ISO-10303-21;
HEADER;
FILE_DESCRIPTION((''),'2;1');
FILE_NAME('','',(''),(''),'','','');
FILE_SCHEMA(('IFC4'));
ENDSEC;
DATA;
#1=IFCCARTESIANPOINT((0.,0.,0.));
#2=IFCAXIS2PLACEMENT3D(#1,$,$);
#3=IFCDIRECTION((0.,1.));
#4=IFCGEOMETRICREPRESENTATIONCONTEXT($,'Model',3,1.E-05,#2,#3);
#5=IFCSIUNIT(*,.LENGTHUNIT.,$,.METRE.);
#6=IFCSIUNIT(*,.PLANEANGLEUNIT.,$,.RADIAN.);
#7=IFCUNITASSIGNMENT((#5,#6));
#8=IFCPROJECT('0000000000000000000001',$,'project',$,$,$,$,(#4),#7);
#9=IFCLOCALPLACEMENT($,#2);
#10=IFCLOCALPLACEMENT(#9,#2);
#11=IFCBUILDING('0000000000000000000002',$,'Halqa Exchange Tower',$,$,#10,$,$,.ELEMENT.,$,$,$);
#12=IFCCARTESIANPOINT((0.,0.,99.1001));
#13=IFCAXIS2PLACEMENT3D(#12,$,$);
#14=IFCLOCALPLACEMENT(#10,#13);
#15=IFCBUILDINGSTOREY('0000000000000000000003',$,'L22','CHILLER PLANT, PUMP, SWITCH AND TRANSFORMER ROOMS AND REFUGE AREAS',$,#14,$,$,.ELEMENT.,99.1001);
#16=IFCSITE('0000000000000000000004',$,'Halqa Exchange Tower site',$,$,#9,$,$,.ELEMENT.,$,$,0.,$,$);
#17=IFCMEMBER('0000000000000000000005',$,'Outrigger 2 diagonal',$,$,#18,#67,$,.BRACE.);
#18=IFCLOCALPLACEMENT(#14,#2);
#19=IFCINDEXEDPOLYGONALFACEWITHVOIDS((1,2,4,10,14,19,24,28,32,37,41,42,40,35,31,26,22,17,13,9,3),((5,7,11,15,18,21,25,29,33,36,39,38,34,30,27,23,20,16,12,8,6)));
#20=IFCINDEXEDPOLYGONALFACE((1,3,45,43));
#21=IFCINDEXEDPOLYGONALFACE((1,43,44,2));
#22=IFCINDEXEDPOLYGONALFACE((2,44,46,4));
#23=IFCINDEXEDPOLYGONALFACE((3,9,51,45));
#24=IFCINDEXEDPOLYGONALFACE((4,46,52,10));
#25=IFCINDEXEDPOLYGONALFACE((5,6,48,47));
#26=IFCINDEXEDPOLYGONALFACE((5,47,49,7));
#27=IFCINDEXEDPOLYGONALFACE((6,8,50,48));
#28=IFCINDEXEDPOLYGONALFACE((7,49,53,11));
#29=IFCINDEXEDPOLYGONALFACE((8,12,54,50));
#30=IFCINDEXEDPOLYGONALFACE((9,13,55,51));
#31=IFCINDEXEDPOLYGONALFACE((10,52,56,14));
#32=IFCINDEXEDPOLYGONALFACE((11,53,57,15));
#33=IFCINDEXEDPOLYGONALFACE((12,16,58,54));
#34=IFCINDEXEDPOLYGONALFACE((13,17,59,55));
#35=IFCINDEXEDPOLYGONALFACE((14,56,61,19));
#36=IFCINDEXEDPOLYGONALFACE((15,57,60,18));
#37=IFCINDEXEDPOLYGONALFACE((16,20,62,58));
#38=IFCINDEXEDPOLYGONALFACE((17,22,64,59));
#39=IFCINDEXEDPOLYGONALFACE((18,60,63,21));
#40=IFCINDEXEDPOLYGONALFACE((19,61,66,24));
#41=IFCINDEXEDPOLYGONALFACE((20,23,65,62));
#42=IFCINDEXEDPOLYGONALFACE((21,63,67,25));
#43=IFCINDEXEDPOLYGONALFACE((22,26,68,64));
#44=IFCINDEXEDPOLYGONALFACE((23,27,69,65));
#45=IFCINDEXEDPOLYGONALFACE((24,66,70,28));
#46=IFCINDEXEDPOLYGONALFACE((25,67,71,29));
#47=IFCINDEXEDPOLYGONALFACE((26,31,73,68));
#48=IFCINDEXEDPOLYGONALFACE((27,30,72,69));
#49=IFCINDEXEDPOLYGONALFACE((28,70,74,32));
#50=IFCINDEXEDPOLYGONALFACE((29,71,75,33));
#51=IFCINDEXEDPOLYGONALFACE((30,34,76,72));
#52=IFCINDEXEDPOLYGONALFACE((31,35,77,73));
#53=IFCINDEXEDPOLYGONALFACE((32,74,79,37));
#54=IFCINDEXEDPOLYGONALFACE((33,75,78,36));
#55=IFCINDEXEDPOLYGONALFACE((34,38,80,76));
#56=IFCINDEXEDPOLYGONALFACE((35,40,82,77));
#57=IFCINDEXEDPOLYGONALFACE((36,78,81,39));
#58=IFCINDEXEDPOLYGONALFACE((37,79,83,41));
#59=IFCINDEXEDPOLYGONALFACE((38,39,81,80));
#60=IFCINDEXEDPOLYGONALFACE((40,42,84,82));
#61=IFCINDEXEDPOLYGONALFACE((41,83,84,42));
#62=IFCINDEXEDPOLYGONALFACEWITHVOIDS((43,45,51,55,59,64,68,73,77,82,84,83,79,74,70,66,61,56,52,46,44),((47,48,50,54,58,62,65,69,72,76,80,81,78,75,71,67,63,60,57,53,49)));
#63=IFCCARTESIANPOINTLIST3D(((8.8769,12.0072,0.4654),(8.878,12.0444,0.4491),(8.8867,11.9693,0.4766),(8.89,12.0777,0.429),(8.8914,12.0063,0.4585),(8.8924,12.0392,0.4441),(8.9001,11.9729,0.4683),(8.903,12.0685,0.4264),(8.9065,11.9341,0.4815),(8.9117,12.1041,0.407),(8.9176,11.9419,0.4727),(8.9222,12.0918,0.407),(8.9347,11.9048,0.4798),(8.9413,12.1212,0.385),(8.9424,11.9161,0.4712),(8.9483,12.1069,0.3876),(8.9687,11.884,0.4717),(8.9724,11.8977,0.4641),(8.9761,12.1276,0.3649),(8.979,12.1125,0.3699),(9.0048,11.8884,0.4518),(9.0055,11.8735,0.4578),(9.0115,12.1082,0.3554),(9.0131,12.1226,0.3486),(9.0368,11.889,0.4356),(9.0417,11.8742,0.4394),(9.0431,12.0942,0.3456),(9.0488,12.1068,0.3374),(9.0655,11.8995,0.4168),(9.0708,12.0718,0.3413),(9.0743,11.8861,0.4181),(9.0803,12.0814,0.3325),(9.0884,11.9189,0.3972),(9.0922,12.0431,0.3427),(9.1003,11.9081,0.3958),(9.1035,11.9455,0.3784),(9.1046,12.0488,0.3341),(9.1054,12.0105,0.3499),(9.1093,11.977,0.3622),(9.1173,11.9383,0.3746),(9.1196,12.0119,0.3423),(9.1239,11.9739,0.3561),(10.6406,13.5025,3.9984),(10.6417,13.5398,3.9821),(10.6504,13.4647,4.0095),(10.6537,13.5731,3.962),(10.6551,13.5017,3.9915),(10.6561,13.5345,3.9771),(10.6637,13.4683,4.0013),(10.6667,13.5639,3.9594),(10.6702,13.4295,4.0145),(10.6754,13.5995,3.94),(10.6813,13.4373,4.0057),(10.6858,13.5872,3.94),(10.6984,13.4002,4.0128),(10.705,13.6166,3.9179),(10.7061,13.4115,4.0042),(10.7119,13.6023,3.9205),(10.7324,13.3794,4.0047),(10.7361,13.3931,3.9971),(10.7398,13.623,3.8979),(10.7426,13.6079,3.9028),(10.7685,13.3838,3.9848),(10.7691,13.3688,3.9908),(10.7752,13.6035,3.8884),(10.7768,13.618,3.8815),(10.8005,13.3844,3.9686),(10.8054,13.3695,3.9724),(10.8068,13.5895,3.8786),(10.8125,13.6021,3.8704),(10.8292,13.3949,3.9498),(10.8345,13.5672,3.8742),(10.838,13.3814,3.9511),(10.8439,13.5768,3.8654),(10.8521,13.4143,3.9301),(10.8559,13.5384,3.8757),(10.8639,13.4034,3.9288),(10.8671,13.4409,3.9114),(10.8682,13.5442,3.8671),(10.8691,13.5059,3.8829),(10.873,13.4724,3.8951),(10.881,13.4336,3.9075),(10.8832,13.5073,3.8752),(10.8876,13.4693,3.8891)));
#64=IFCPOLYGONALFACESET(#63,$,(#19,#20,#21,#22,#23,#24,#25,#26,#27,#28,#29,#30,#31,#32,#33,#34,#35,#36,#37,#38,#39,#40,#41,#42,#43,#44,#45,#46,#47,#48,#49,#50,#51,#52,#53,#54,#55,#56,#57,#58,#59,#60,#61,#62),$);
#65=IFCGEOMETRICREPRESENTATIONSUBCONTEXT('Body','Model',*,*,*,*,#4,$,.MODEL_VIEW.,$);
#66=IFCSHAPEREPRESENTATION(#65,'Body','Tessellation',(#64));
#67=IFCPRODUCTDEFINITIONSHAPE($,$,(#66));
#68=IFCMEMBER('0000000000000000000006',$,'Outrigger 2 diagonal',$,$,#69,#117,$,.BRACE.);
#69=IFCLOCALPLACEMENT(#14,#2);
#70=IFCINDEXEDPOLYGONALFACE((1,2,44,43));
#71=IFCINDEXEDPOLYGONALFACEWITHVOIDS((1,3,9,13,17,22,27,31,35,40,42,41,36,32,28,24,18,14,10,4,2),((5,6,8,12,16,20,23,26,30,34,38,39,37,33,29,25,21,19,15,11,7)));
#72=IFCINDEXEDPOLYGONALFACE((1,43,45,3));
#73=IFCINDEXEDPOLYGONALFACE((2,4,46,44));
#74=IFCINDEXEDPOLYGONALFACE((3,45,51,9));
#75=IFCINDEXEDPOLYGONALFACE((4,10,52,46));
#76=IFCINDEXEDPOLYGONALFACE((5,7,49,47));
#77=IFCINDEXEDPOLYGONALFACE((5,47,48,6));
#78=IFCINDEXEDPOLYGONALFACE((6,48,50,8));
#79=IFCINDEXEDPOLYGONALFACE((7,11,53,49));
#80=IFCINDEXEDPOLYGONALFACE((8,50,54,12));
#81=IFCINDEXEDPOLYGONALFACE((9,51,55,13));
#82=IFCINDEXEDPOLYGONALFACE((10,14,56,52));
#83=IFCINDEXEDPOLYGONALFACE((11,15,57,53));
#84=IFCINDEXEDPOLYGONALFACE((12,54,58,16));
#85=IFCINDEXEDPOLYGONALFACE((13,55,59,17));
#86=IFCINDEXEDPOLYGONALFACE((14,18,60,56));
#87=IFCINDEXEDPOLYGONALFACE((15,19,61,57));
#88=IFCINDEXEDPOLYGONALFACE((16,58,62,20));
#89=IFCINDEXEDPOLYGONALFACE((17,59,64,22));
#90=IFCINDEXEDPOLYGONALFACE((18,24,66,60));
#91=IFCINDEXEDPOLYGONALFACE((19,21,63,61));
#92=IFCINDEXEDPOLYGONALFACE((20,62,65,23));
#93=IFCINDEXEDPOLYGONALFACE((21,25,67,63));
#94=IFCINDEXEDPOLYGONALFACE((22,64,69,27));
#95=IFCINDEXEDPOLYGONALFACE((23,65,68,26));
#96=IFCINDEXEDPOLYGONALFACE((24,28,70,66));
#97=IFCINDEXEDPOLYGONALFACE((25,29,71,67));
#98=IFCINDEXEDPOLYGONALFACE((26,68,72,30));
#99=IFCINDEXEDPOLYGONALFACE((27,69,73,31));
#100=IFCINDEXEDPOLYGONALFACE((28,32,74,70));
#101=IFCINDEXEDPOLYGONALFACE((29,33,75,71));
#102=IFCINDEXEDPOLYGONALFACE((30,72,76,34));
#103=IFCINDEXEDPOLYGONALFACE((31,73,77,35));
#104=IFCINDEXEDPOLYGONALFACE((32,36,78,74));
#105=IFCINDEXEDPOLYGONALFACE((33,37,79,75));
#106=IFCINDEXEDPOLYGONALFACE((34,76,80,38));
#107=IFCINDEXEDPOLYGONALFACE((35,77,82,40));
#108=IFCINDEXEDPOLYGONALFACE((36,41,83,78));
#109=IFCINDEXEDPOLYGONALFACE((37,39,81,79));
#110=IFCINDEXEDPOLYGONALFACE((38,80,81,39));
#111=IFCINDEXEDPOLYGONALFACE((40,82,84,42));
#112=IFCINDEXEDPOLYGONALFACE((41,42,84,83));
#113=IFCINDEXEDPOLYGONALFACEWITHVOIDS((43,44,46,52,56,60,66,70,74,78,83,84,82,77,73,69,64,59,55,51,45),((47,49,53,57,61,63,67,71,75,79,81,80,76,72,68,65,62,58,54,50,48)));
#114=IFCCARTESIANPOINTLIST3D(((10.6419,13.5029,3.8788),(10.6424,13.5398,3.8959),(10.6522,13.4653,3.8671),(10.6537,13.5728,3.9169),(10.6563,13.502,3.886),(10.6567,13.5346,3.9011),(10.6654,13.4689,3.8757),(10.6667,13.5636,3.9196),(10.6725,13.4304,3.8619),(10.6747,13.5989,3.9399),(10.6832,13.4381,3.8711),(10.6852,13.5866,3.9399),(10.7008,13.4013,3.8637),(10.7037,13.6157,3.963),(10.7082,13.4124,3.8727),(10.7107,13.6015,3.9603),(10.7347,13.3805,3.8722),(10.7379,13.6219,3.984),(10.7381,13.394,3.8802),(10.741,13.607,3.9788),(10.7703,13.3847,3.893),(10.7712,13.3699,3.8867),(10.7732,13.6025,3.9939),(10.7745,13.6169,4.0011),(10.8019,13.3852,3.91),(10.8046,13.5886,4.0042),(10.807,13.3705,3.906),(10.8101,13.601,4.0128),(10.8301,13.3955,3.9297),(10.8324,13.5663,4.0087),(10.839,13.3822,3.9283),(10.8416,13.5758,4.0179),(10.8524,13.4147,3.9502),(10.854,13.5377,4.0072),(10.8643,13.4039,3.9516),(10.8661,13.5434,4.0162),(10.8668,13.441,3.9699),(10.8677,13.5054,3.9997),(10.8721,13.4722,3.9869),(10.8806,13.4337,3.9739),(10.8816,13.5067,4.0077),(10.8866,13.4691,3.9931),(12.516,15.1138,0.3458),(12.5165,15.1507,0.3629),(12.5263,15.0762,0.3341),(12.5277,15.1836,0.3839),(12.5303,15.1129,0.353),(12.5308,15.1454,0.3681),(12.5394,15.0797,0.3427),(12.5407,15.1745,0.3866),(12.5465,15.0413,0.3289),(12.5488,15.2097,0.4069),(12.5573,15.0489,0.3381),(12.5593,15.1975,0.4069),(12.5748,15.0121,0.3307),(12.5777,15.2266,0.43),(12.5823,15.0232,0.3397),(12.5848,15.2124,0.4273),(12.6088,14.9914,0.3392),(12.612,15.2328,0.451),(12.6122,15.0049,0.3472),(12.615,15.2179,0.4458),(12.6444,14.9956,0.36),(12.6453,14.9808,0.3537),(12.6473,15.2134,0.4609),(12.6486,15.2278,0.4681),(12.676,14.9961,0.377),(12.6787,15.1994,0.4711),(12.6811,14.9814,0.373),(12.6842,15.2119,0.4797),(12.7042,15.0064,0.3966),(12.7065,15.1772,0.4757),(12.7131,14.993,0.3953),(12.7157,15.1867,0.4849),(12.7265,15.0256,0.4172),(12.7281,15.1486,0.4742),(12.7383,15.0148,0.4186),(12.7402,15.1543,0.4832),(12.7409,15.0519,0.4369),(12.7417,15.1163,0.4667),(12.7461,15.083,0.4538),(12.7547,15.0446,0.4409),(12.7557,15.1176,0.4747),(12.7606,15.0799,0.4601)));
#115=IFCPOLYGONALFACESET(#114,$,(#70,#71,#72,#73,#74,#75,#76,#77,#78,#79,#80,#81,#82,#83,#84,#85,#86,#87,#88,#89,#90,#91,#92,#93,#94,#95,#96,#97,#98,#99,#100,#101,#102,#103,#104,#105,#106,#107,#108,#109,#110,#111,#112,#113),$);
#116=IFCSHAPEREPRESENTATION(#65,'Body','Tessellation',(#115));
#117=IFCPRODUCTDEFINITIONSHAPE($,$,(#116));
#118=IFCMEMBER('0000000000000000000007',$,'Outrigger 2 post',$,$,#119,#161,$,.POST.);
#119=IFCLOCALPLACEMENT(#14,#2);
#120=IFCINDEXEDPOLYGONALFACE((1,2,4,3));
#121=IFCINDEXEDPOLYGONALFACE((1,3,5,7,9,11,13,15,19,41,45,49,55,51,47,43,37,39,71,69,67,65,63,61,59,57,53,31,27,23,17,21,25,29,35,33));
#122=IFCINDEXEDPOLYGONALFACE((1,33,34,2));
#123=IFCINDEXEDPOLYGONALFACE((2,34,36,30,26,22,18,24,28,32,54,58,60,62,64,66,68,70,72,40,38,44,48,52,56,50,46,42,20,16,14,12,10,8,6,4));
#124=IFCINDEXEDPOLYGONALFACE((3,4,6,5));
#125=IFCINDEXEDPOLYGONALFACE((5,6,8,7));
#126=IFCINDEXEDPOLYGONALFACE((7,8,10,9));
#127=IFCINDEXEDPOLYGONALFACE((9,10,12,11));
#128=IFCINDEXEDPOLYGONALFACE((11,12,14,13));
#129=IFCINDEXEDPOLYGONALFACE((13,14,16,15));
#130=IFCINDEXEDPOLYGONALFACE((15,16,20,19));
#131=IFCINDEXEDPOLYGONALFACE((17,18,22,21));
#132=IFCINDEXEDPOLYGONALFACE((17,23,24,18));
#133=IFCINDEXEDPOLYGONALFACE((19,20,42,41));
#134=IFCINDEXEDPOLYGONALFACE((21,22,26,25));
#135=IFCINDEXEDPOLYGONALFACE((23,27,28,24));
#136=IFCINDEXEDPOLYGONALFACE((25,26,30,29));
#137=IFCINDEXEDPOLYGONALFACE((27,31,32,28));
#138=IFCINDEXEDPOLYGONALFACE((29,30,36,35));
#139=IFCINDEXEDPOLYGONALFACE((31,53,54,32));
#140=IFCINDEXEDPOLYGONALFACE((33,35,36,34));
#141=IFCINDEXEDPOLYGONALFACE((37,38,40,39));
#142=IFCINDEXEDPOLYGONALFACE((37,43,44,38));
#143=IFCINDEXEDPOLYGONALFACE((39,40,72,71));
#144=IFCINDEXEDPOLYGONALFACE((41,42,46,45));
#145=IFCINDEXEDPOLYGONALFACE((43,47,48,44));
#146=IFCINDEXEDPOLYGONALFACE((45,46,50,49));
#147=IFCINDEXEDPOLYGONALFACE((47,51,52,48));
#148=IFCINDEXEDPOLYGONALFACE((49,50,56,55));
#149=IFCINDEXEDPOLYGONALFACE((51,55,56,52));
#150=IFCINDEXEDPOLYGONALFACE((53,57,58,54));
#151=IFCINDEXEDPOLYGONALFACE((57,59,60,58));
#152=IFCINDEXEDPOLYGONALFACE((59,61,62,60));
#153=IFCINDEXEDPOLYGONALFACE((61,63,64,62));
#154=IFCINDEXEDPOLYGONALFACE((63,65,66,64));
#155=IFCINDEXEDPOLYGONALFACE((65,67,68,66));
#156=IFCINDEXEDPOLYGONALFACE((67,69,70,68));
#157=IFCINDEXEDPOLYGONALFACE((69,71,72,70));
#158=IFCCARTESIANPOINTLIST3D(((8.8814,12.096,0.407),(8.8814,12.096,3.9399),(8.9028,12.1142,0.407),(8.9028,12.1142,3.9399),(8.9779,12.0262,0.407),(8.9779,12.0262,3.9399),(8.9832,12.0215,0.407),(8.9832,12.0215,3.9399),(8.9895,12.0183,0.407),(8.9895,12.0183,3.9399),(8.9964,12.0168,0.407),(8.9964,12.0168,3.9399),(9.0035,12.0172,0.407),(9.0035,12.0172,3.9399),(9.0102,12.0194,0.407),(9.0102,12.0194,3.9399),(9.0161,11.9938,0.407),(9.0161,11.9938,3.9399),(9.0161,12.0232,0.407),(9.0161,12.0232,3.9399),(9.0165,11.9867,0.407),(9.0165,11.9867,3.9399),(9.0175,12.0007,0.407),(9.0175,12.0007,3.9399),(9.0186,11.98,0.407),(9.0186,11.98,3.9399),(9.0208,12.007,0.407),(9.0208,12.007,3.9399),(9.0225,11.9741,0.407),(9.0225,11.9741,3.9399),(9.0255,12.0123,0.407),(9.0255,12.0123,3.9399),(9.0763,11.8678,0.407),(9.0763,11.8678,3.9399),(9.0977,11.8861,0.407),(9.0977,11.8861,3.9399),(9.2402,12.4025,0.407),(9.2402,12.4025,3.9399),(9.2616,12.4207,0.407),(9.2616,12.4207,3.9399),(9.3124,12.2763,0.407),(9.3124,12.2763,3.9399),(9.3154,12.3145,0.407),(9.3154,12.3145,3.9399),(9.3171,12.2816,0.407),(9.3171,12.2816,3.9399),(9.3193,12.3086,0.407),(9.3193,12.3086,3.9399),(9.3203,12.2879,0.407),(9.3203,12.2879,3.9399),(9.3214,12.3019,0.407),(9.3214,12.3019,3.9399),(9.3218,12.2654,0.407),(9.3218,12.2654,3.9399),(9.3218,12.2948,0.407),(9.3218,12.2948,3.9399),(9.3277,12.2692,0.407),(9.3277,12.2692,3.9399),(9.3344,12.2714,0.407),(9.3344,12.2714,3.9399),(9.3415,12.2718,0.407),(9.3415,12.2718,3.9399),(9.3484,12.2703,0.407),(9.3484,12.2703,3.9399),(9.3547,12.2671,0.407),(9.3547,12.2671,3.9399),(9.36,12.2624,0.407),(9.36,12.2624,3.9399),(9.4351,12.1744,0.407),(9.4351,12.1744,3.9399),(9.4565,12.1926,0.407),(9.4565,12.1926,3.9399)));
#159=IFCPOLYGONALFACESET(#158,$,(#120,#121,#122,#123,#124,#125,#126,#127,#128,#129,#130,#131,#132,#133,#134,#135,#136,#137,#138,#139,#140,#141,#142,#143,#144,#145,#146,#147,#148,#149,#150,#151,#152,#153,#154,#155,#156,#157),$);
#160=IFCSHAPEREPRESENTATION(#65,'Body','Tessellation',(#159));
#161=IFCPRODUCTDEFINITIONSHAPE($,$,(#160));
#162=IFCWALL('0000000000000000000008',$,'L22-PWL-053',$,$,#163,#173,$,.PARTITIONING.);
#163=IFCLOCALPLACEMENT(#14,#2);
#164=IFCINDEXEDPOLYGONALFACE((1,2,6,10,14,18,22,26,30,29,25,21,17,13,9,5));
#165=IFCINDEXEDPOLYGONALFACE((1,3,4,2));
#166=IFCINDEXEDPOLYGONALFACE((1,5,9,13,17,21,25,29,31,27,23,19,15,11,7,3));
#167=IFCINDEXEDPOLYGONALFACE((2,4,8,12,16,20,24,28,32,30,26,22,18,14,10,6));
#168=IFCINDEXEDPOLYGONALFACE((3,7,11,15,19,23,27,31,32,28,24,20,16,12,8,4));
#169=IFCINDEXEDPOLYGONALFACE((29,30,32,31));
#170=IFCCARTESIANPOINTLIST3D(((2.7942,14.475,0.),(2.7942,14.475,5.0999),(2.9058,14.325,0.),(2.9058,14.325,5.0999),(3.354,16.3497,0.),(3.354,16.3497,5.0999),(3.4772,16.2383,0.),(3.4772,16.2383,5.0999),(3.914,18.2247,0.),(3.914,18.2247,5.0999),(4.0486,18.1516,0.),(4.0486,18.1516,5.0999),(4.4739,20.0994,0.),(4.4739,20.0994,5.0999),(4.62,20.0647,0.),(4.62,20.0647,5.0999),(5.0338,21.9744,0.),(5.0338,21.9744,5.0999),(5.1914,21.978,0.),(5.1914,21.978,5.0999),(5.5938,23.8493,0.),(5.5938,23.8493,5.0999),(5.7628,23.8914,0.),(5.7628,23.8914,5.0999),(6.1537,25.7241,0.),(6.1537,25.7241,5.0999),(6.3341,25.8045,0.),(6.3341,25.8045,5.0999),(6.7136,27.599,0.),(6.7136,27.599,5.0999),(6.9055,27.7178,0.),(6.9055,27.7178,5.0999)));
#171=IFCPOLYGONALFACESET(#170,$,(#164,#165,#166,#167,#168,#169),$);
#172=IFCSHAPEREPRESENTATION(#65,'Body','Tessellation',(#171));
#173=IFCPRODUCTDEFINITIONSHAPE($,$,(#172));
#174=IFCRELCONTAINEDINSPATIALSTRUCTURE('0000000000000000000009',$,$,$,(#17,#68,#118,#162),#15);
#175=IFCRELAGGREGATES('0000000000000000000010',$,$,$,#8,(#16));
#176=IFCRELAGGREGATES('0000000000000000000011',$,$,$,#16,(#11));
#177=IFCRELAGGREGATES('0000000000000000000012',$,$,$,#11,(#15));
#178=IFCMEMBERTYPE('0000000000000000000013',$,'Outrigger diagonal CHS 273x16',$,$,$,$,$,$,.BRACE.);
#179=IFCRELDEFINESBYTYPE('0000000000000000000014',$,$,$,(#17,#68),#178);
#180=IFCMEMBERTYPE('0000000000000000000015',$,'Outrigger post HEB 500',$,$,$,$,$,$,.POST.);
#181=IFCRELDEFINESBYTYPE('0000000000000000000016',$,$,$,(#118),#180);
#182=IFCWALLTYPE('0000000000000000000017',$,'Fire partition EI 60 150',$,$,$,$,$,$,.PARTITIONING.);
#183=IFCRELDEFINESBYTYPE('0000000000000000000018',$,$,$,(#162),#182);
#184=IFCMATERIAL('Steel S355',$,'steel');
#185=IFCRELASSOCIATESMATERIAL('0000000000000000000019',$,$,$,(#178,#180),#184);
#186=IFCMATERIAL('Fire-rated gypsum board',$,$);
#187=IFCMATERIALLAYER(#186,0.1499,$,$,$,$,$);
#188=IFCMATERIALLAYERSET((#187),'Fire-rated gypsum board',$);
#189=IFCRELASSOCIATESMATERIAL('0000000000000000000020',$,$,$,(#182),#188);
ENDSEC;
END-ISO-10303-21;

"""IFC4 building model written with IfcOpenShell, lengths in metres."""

from ifc_helpers import new_model, si_unit, direction, frame, origin, origin_2d, place, context, subcontext, project, spatial, polyline, hollow_circle, i_section, outline, extrude, material, layer, layer_set, material_profile, profile_set, type_object, element, save


model = new_model("IFC4")

# Units and contexts
model_context = context("Model", 3, precision=1e-05, world=origin(), true_north=direction((0.0, 1.0)))
body_context = subcontext(model_context, "Body", "Model", "MODEL_VIEW")
ifc_project = project(units=[si_unit("LENGTHUNIT", "METRE"), si_unit("PLANEANGLEUNIT", "RADIAN")], contexts=[model_context])

# Site, building, storey
site_placement = place(None, origin())
site = spatial("IfcSite", under=ifc_project, at=site_placement, Name="Halqa Exchange Tower site", CompositionType="ELEMENT", RefElevation=0.0)
building_placement = place(site_placement, origin())
building = spatial("IfcBuilding", under=site, at=building_placement, Name="Halqa Exchange Tower", CompositionType="ELEMENT")
storey_placement = place(building_placement, frame((0.0, 0.0, 99.1001)))
storey = spatial("IfcBuildingStorey", under=building, at=storey_placement, Name="L22", Description="CHILLER PLANT, PUMP, SWITCH AND TRANSFORMER ROOMS AND REFUGE AREAS", CompositionType="ELEMENT", Elevation=99.1001)

# Shared definitions
ifc_material_1 = material(Name="Steel S355", Category="steel")

# Members
ifc_material_profile_1 = material_profile(ifc_material_1, hollow_circle(Radius=0.1365, WallThickness=0.0161, at=origin_2d()), Name="CHS 273x16")
ifc_profile_set_1 = profile_set([ifc_material_profile_1], Name="Steel S355")
member_type_1 = type_object("IfcMemberType", Name="Outrigger diagonal CHS 273x16", PredefinedType="BRACE", material=ifc_profile_set_1)
member_1_placement = place(storey_placement, frame((9.0, 12.0, 0.407), z_axis=(0.417697, 0.354152, 0.836723), x_axis=(-0.646704, 0.762741, 0.0)))
element("IfcMember", 1, at=member_1_placement, inside=storey, type_object=member_type_1, Name="Outrigger 2 diagonal", PredefinedType="BRACE", context=body_context, shape_type="SweptSolid", body=[
    extrude(hollow_circle(Radius=0.1365, WallThickness=0.0161, at=origin_2d()), origin(), (0.0, 0.0, 1.0), 4.2224),
])
member_2_placement = place(storey_placement, frame((10.7637, 13.4954, 3.9399), z_axis=(0.434662, 0.373619, -0.819437), x_axis=(-0.651848, 0.758349, 0.0)))
element("IfcMember", 2, at=member_2_placement, inside=storey, type_object=member_type_1, Name="Outrigger 2 diagonal", PredefinedType="BRACE", context=body_context, shape_type="SweptSolid", body=[
    extrude(hollow_circle(Radius=0.1365, WallThickness=0.0161, at=origin_2d()), origin(), (0.0, 0.0, 1.0), 4.3115),
])
ifc_material_profile_2 = material_profile(ifc_material_1, i_section(OverallWidth=0.3, OverallDepth=0.5, WebThickness=0.0144, FlangeThickness=0.0281, FilletRadius=0.0271, at=origin_2d()), Name="HEB 500")
ifc_profile_set_2 = profile_set([ifc_material_profile_2], Name="Steel S355")
member_type_2 = type_object("IfcMemberType", Name="Outrigger post HEB 500", PredefinedType="POST", material=ifc_profile_set_2)
member_3_placement = place(storey_placement, frame((9.1689, 12.1443, 0.407), z_axis=(0.0, 0.0, 1.0), x_axis=(-0.649541, 0.760327, 0.0)))
element("IfcMember", 3, at=member_3_placement, inside=storey, type_object=member_type_2, Name="Outrigger 2 post", PredefinedType="POST", context=body_context, shape_type="SweptSolid", body=[
    extrude(i_section(OverallWidth=0.3, OverallDepth=0.5, WebThickness=0.0144, FlangeThickness=0.0281, FilletRadius=0.0271, at=origin_2d()), origin(), (0.0, 0.0, 1.0), 3.533),
])

# Wall
ifc_material_2 = material(Name="Fire-rated gypsum board")
ifc_layer_1 = layer(ifc_material_2, 0.1499)
ifc_layer_set_1 = layer_set([ifc_layer_1], Name="Fire-rated gypsum board")
wall_type_1 = type_object("IfcWallType", Name="Fire partition EI 60 150", PredefinedType="PARTITIONING", material=ifc_layer_set_1)
wall_1_placement = place(storey_placement, frame((2.834, 14.3464, 0.0), z_axis=(0.0, 0.0, 1.0), x_axis=(0.28616, 0.958182, 0.0)))
element("IfcWall", 4, at=wall_1_placement, inside=storey, type_object=wall_type_1, Name="L22-PWL-053", PredefinedType="PARTITIONING", context=body_context, shape_type="SweptSolid", body=[
    extrude(outline(polyline([(13.9773, -0.075), (13.9773, -0.075), (13.8086, 0.075), (11.8518, 0.075), (9.8953, 0.075), (7.9385, 0.075), (5.9817, 0.075), (4.0251, 0.075), (2.0684, 0.075), (0.1118, 0.075), (0.0, -0.075), (1.9968, -0.075), (3.9937, -0.075), (5.9902, -0.075), (7.9871, -0.075), (9.9839, -0.075), (11.9805, -0.075), (13.9773, -0.075)])), origin(), (0.0, 0.0, 1.0), 5.0999),
])

save(model, "model.ifc")
